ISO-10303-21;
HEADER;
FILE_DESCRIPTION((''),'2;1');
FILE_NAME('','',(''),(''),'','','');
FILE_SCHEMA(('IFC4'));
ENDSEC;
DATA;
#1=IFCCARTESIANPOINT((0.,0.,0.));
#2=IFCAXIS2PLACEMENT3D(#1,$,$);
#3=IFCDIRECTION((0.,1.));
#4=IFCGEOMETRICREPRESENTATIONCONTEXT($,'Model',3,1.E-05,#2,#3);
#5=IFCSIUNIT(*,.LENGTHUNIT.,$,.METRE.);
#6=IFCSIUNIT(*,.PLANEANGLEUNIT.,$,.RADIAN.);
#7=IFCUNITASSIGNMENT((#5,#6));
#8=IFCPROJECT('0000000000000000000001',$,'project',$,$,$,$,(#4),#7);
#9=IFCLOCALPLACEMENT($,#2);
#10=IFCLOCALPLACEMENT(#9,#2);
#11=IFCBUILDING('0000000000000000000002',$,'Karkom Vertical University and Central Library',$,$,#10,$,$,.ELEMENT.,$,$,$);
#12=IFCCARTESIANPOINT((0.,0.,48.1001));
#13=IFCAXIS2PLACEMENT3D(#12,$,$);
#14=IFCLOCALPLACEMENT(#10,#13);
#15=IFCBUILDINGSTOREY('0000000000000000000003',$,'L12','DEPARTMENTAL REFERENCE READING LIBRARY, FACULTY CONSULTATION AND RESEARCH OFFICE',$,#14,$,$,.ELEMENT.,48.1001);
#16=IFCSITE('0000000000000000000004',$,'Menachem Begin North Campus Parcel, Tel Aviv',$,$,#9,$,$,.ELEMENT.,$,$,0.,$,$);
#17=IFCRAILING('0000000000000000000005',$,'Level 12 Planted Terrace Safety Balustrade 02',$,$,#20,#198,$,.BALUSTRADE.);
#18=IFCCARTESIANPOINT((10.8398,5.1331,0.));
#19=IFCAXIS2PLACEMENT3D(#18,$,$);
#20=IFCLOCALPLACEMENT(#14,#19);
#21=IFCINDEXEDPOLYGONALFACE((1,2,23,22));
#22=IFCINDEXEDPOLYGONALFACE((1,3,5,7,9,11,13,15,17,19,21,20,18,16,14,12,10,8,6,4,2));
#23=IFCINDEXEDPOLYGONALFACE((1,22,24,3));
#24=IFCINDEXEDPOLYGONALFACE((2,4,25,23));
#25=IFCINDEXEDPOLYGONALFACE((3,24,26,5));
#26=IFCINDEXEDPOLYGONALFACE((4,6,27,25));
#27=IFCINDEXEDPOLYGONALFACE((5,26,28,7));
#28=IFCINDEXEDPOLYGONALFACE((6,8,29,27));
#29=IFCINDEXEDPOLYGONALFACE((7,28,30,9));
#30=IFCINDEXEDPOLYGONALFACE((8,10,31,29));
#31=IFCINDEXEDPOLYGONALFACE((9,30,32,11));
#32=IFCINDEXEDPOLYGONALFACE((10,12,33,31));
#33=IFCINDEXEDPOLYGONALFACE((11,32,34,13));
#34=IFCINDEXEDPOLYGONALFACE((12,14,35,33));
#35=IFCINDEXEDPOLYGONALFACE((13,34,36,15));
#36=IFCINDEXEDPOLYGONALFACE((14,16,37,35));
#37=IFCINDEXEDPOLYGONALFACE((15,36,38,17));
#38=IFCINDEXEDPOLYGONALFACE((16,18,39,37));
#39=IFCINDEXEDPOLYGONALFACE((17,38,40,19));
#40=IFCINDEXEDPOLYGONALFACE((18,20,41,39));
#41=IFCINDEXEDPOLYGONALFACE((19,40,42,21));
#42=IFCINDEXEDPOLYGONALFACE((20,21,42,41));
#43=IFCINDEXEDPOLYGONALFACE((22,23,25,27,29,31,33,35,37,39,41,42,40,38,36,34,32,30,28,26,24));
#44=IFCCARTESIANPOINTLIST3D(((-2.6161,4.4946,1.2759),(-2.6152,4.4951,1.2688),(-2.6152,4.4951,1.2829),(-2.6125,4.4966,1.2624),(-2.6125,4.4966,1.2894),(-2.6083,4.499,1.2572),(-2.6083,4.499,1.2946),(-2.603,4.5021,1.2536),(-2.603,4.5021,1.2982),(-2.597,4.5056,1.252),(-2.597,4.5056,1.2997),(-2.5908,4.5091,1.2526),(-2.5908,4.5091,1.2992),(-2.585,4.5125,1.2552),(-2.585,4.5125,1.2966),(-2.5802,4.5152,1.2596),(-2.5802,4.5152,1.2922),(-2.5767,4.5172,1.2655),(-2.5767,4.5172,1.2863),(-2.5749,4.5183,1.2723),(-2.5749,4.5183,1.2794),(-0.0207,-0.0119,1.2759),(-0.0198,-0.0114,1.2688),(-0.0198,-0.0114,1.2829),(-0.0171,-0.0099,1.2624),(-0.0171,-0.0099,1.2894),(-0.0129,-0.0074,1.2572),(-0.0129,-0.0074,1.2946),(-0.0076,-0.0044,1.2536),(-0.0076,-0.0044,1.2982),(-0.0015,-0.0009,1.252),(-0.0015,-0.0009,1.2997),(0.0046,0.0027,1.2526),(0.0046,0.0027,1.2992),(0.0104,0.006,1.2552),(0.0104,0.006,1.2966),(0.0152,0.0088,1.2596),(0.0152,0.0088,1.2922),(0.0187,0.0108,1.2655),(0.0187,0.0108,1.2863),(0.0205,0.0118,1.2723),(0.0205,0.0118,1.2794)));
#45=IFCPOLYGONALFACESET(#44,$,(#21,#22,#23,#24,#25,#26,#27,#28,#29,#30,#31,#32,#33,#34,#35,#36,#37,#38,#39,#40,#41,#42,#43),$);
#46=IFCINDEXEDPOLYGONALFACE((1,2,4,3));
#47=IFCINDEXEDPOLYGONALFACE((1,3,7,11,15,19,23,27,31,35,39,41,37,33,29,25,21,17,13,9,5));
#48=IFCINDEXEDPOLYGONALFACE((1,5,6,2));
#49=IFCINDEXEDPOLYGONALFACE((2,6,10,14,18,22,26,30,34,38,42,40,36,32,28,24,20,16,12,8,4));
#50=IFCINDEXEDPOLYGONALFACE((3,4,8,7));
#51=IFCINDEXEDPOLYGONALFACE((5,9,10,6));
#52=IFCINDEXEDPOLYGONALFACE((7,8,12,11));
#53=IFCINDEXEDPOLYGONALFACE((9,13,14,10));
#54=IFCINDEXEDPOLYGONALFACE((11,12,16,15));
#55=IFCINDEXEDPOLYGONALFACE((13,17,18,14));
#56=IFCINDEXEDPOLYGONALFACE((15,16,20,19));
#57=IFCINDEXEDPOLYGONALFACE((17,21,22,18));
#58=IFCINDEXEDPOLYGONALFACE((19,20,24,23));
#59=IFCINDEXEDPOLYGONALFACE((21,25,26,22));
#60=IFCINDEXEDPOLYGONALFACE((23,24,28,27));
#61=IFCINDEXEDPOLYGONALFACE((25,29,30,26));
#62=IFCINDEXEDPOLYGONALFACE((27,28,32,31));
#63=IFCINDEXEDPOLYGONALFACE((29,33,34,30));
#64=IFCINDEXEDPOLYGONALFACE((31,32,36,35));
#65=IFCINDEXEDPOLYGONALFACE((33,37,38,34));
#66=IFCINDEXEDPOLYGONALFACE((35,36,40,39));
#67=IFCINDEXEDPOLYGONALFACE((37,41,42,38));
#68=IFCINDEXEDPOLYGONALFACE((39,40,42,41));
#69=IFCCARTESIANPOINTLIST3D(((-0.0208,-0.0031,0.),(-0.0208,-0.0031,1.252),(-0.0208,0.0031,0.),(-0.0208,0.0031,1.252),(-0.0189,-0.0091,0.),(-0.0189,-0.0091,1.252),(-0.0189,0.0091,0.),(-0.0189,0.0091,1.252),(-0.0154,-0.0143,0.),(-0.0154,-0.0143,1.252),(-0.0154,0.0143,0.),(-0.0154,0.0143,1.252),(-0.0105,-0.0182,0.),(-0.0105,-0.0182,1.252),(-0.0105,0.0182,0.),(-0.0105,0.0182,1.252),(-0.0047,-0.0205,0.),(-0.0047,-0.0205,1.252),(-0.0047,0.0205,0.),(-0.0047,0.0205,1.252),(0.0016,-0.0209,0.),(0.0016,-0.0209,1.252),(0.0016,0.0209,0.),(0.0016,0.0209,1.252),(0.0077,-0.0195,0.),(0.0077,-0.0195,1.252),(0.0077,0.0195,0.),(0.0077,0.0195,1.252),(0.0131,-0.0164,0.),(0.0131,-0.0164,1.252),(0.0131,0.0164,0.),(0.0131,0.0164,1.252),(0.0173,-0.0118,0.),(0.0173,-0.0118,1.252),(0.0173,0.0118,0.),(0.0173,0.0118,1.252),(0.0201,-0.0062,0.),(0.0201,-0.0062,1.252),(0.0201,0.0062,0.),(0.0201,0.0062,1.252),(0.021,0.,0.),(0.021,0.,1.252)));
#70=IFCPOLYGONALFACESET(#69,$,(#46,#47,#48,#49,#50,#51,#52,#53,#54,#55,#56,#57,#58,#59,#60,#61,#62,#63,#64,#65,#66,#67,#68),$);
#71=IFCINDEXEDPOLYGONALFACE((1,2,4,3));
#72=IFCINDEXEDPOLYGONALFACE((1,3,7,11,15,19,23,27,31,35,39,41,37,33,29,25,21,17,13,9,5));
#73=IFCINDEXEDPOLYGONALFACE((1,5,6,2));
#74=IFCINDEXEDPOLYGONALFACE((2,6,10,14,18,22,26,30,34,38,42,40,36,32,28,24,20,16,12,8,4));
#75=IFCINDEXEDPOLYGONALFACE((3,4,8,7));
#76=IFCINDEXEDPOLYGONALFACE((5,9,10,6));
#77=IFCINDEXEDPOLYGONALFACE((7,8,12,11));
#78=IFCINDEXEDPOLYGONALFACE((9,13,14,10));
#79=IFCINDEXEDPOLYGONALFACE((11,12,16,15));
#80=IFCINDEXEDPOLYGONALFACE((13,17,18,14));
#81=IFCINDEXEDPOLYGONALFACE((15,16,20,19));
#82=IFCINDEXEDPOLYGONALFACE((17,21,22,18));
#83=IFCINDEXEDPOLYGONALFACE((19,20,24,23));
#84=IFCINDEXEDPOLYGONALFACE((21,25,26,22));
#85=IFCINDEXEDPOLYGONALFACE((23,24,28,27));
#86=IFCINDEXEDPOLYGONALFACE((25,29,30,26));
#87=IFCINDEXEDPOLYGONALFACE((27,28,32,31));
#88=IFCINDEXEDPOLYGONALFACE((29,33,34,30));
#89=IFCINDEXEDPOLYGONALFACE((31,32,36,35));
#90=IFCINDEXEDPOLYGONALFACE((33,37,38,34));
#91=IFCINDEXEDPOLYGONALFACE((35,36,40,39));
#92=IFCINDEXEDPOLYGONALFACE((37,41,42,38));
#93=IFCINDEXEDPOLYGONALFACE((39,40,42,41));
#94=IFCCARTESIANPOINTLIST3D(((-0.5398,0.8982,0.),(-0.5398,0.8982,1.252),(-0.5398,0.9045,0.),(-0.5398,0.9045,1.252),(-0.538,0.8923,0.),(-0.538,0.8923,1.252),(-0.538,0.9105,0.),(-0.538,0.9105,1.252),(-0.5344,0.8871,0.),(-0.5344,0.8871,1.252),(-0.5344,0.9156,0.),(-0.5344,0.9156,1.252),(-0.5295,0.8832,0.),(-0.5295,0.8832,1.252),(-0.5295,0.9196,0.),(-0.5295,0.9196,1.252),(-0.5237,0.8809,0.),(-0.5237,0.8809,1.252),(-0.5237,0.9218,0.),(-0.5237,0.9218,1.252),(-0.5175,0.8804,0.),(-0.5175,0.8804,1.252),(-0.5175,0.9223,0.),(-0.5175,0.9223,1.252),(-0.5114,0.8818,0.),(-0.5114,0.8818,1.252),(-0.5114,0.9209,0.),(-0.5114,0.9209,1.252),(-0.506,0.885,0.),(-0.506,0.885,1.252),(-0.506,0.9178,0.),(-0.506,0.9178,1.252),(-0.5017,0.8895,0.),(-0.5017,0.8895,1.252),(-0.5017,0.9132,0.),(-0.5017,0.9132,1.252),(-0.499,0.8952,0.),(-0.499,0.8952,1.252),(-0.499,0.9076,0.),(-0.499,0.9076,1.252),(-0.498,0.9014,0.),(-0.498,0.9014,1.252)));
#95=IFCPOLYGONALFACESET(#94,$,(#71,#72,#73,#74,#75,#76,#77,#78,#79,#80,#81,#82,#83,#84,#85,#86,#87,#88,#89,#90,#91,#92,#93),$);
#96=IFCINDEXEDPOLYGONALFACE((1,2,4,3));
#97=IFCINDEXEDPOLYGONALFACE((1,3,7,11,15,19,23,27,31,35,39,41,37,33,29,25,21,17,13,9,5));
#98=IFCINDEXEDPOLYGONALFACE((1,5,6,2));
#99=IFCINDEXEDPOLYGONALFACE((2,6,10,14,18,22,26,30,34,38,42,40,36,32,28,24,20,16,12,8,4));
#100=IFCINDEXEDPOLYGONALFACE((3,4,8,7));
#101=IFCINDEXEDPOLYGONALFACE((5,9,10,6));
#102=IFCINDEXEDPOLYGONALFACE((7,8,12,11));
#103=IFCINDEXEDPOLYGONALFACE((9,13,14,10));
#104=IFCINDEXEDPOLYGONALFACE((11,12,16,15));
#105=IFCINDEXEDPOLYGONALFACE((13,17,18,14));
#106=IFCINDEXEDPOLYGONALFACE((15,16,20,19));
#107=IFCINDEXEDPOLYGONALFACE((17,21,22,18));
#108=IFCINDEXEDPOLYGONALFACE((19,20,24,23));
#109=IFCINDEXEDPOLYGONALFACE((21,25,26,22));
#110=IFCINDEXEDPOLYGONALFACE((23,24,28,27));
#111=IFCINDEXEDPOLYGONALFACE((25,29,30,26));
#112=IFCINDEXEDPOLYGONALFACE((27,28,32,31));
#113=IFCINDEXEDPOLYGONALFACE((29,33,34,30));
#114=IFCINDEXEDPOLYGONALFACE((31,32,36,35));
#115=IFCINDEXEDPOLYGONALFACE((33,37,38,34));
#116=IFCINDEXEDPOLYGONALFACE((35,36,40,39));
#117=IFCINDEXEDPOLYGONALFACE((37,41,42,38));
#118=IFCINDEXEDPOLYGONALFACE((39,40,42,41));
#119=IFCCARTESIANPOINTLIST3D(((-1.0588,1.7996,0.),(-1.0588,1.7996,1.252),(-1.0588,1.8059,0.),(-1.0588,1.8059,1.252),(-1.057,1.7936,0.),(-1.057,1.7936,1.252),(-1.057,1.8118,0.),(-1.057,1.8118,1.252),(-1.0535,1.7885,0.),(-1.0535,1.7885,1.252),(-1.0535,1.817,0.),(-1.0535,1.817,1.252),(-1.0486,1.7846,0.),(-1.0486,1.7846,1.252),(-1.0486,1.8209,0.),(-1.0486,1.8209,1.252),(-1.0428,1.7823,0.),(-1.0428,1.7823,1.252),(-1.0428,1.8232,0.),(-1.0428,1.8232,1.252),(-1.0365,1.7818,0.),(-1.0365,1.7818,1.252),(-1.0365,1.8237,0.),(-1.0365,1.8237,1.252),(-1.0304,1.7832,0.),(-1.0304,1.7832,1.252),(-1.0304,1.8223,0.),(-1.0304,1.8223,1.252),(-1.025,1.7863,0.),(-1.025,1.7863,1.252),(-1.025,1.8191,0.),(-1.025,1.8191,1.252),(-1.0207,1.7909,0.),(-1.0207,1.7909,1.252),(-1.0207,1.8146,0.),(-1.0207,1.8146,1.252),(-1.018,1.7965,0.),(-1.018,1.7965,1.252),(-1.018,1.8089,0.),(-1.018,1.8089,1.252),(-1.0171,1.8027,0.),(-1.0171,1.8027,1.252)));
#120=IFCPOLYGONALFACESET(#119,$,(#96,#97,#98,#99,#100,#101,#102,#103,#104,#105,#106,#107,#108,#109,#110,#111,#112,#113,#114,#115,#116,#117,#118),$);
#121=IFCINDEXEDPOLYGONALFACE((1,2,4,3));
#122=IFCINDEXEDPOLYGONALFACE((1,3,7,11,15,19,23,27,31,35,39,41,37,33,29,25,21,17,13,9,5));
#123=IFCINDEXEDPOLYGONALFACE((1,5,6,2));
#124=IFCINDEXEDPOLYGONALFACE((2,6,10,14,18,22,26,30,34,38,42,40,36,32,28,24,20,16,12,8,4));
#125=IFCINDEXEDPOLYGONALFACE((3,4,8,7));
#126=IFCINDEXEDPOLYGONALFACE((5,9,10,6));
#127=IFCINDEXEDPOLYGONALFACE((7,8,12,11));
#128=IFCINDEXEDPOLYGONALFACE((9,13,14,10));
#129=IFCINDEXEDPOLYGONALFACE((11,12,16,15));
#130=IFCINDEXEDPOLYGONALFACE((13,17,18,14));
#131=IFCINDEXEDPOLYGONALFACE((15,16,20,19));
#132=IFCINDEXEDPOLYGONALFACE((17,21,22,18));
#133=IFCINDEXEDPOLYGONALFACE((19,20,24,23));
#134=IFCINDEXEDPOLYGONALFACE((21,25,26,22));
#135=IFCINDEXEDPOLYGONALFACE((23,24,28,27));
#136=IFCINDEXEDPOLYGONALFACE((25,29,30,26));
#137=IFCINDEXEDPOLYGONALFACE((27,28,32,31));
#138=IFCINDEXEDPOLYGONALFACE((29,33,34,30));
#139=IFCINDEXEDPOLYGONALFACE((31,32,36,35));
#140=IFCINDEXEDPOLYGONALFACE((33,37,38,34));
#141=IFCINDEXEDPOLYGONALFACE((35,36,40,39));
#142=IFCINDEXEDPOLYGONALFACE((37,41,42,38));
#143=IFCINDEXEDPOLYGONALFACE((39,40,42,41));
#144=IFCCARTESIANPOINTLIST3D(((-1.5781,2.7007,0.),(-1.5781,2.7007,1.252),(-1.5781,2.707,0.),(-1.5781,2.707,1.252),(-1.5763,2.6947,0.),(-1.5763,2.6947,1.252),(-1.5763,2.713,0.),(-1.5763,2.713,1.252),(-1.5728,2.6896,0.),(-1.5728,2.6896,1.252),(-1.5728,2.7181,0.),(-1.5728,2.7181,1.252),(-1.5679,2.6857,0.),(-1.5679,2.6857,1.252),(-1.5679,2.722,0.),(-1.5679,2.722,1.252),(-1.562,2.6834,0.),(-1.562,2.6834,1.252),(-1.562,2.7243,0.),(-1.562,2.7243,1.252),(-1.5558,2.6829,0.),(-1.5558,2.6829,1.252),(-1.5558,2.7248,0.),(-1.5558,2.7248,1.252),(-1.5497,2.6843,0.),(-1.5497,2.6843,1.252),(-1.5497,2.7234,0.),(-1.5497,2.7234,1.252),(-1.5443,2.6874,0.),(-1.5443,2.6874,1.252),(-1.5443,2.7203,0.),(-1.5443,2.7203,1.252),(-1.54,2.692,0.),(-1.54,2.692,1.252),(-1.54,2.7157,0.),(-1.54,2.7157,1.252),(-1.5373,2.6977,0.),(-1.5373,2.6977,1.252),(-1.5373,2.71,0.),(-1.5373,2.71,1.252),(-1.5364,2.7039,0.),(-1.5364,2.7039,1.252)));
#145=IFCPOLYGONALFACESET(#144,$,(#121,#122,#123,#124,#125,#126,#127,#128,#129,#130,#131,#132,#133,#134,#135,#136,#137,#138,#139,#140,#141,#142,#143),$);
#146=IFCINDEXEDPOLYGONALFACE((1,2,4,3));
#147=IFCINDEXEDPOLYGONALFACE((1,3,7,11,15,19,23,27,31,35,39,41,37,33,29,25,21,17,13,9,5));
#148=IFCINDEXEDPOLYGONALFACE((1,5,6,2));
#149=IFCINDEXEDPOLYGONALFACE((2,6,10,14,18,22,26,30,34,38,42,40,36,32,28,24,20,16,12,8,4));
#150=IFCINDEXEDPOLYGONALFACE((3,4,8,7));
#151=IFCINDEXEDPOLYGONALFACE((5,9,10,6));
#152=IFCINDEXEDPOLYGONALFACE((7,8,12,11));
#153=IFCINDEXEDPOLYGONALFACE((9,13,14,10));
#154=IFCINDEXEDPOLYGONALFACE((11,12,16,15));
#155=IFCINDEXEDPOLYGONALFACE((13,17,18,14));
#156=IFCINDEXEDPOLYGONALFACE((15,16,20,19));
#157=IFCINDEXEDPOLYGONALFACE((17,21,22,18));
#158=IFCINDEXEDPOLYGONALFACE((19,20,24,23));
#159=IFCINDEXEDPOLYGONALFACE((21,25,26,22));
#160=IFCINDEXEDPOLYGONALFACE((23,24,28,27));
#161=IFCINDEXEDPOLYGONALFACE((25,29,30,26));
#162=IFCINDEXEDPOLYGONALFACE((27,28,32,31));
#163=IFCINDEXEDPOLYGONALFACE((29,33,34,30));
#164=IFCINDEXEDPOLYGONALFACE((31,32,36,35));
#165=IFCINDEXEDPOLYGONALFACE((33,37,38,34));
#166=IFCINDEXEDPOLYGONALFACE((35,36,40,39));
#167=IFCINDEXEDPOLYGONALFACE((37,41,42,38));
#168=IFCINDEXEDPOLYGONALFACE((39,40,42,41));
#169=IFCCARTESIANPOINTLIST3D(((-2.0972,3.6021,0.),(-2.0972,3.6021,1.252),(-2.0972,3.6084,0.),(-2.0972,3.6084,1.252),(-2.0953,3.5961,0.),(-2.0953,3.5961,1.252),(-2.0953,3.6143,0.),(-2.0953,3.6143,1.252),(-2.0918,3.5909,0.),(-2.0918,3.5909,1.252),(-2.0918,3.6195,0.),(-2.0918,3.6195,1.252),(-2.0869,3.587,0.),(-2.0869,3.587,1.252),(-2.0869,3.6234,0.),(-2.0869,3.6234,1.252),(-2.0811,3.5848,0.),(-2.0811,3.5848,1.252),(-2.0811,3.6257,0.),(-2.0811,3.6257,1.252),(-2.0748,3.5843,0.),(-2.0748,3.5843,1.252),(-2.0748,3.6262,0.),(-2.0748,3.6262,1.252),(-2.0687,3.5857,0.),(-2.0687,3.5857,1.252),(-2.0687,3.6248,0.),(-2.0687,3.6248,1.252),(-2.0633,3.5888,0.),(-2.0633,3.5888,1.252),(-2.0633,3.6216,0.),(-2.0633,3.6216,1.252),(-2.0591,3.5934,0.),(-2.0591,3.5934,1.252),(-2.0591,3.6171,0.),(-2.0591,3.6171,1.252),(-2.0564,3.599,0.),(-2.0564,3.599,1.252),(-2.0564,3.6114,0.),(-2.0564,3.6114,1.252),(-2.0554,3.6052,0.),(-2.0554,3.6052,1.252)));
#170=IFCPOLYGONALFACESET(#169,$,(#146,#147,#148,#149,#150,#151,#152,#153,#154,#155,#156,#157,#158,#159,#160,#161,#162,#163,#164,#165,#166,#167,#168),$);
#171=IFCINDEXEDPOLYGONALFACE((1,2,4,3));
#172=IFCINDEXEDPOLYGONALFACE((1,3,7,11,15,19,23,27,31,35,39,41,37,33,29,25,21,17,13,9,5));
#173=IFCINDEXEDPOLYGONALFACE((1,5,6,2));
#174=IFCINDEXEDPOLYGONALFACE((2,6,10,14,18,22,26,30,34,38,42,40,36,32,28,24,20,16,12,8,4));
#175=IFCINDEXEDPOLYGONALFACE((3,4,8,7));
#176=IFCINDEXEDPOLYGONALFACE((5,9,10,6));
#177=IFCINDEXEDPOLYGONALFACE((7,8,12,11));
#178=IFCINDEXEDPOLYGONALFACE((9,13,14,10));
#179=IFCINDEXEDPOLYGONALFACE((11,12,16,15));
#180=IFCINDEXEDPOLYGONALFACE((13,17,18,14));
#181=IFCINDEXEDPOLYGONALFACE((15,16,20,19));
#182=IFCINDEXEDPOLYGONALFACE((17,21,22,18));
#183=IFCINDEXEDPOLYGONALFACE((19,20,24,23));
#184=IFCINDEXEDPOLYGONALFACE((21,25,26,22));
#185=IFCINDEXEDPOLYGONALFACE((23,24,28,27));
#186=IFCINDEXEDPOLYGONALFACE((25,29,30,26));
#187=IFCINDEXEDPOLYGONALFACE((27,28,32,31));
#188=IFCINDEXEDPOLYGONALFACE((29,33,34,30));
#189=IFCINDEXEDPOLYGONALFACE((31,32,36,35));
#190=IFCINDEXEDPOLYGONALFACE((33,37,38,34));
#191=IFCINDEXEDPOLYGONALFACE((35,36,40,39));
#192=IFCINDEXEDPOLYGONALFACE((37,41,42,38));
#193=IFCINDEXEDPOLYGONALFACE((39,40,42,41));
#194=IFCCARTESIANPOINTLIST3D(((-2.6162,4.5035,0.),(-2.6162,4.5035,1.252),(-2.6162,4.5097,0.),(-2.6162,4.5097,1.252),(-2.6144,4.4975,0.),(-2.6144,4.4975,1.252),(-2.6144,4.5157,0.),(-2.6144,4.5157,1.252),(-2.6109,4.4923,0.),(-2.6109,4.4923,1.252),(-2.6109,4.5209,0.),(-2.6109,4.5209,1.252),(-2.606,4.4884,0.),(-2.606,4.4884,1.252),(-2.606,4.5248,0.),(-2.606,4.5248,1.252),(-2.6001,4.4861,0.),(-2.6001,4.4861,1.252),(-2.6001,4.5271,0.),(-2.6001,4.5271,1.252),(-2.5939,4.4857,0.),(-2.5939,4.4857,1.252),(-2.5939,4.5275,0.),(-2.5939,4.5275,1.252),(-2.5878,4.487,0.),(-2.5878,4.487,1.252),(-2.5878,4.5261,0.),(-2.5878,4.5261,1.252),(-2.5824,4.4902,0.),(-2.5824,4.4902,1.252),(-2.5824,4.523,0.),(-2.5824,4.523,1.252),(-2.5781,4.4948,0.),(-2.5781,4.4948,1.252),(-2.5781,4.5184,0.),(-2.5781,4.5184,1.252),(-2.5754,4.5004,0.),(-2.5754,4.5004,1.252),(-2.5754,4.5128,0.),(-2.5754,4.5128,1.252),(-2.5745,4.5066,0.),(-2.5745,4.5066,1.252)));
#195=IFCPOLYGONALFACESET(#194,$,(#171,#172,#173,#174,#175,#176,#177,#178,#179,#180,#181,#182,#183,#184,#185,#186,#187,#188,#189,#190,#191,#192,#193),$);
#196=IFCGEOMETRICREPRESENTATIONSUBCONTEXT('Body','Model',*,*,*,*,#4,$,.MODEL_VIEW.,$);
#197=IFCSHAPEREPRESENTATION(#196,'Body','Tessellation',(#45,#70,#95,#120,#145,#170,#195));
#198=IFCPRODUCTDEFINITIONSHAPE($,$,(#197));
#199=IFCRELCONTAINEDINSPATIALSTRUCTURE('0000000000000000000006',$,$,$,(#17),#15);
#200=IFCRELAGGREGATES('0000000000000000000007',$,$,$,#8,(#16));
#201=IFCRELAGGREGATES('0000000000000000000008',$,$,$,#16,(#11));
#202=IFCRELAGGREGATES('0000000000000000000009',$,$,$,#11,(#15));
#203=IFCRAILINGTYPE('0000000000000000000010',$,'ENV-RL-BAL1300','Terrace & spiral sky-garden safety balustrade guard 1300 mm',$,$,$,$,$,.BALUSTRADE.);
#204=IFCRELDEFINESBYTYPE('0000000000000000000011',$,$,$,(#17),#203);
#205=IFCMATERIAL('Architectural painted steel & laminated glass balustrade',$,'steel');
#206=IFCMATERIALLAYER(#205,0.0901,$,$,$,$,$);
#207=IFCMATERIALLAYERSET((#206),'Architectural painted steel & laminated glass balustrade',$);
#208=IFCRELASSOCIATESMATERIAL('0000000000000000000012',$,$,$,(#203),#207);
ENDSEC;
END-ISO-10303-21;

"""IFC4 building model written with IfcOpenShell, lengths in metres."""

from ifc_helpers import new_model, si_unit, direction, frame, origin, origin_2d, place, context, subcontext, project, spatial, circle, extrude, material, layer, layer_set, type_object, element, save


model = new_model("IFC4")

# Units and contexts
model_context = context("Model", 3, precision=1e-05, world=origin(), true_north=direction((0.0, 1.0)))
body_context = subcontext(model_context, "Body", "Model", "MODEL_VIEW")
ifc_project = project(units=[si_unit("LENGTHUNIT", "METRE"), si_unit("PLANEANGLEUNIT", "RADIAN")], contexts=[model_context])

# Site, building, storey
site_placement = place(None, origin())
site = spatial("IfcSite", under=ifc_project, at=site_placement, Name="Menachem Begin North Campus Parcel, Tel Aviv", CompositionType="ELEMENT", RefElevation=0.0)
building_placement = place(site_placement, origin())
building = spatial("IfcBuilding", under=site, at=building_placement, Name="Karkom Vertical University and Central Library", CompositionType="ELEMENT")
storey_placement = place(building_placement, frame((0.0, 0.0, 48.1001)))
storey = spatial("IfcBuildingStorey", under=building, at=storey_placement, Name="L12", Description="DEPARTMENTAL REFERENCE READING LIBRARY, FACULTY CONSULTATION AND RESEARCH OFFICE", CompositionType="ELEMENT", Elevation=48.1001)

# Railing
ifc_material_1 = material(Name="Architectural painted steel & laminated glass balustrade", Category="steel")
ifc_layer_1 = layer(ifc_material_1, 0.0901)
ifc_layer_set_1 = layer_set([ifc_layer_1], Name="Architectural painted steel & laminated glass balustrade")
railing_type = type_object("IfcRailingType", Name="ENV-RL-BAL1300", Description="Terrace & spiral sky-garden safety balustrade guard 1300 mm", PredefinedType="BALUSTRADE", material=ifc_layer_set_1)
railing_placement = place(storey_placement, frame((10.8398, 5.1331, 0.0)))
element("IfcRailing", 1, at=railing_placement, inside=storey, type_object=railing_type, Name="Level 12 Planted Terrace Safety Balustrade 02", PredefinedType="BALUSTRADE", context=body_context, shape_type="SweptSolid", body=[
    extrude(circle(Radius=0.0239, at=origin_2d()), frame((0.0, 0.0, 1.2759), z_axis=(-0.499073, 0.86656, 0.0), x_axis=(-0.86656, -0.499073, 0.0)), (0.0, 0.0, 1.0), 5.2004),
    extrude(circle(Radius=0.021, at=origin_2d()), origin(), (0.0, 0.0, 1.0), 1.252),
    extrude(circle(Radius=0.021, at=origin_2d()), frame((-0.519, 0.9014, 0.0)), (0.0, 0.0, 1.0), 1.252),
    extrude(circle(Radius=0.021, at=origin_2d()), frame((-1.0381, 1.8027, 0.0)), (0.0, 0.0, 1.0), 1.252),
    extrude(circle(Radius=0.021, at=origin_2d()), frame((-1.5574, 2.7039, 0.0)), (0.0, 0.0, 1.0), 1.252),
    extrude(circle(Radius=0.021, at=origin_2d()), frame((-2.0764, 3.6052, 0.0)), (0.0, 0.0, 1.0), 1.252),
    extrude(circle(Radius=0.021, at=origin_2d()), frame((-2.5955, 4.5066, 0.0)), (0.0, 0.0, 1.0), 1.252),
])

save(model, "model.ifc")
